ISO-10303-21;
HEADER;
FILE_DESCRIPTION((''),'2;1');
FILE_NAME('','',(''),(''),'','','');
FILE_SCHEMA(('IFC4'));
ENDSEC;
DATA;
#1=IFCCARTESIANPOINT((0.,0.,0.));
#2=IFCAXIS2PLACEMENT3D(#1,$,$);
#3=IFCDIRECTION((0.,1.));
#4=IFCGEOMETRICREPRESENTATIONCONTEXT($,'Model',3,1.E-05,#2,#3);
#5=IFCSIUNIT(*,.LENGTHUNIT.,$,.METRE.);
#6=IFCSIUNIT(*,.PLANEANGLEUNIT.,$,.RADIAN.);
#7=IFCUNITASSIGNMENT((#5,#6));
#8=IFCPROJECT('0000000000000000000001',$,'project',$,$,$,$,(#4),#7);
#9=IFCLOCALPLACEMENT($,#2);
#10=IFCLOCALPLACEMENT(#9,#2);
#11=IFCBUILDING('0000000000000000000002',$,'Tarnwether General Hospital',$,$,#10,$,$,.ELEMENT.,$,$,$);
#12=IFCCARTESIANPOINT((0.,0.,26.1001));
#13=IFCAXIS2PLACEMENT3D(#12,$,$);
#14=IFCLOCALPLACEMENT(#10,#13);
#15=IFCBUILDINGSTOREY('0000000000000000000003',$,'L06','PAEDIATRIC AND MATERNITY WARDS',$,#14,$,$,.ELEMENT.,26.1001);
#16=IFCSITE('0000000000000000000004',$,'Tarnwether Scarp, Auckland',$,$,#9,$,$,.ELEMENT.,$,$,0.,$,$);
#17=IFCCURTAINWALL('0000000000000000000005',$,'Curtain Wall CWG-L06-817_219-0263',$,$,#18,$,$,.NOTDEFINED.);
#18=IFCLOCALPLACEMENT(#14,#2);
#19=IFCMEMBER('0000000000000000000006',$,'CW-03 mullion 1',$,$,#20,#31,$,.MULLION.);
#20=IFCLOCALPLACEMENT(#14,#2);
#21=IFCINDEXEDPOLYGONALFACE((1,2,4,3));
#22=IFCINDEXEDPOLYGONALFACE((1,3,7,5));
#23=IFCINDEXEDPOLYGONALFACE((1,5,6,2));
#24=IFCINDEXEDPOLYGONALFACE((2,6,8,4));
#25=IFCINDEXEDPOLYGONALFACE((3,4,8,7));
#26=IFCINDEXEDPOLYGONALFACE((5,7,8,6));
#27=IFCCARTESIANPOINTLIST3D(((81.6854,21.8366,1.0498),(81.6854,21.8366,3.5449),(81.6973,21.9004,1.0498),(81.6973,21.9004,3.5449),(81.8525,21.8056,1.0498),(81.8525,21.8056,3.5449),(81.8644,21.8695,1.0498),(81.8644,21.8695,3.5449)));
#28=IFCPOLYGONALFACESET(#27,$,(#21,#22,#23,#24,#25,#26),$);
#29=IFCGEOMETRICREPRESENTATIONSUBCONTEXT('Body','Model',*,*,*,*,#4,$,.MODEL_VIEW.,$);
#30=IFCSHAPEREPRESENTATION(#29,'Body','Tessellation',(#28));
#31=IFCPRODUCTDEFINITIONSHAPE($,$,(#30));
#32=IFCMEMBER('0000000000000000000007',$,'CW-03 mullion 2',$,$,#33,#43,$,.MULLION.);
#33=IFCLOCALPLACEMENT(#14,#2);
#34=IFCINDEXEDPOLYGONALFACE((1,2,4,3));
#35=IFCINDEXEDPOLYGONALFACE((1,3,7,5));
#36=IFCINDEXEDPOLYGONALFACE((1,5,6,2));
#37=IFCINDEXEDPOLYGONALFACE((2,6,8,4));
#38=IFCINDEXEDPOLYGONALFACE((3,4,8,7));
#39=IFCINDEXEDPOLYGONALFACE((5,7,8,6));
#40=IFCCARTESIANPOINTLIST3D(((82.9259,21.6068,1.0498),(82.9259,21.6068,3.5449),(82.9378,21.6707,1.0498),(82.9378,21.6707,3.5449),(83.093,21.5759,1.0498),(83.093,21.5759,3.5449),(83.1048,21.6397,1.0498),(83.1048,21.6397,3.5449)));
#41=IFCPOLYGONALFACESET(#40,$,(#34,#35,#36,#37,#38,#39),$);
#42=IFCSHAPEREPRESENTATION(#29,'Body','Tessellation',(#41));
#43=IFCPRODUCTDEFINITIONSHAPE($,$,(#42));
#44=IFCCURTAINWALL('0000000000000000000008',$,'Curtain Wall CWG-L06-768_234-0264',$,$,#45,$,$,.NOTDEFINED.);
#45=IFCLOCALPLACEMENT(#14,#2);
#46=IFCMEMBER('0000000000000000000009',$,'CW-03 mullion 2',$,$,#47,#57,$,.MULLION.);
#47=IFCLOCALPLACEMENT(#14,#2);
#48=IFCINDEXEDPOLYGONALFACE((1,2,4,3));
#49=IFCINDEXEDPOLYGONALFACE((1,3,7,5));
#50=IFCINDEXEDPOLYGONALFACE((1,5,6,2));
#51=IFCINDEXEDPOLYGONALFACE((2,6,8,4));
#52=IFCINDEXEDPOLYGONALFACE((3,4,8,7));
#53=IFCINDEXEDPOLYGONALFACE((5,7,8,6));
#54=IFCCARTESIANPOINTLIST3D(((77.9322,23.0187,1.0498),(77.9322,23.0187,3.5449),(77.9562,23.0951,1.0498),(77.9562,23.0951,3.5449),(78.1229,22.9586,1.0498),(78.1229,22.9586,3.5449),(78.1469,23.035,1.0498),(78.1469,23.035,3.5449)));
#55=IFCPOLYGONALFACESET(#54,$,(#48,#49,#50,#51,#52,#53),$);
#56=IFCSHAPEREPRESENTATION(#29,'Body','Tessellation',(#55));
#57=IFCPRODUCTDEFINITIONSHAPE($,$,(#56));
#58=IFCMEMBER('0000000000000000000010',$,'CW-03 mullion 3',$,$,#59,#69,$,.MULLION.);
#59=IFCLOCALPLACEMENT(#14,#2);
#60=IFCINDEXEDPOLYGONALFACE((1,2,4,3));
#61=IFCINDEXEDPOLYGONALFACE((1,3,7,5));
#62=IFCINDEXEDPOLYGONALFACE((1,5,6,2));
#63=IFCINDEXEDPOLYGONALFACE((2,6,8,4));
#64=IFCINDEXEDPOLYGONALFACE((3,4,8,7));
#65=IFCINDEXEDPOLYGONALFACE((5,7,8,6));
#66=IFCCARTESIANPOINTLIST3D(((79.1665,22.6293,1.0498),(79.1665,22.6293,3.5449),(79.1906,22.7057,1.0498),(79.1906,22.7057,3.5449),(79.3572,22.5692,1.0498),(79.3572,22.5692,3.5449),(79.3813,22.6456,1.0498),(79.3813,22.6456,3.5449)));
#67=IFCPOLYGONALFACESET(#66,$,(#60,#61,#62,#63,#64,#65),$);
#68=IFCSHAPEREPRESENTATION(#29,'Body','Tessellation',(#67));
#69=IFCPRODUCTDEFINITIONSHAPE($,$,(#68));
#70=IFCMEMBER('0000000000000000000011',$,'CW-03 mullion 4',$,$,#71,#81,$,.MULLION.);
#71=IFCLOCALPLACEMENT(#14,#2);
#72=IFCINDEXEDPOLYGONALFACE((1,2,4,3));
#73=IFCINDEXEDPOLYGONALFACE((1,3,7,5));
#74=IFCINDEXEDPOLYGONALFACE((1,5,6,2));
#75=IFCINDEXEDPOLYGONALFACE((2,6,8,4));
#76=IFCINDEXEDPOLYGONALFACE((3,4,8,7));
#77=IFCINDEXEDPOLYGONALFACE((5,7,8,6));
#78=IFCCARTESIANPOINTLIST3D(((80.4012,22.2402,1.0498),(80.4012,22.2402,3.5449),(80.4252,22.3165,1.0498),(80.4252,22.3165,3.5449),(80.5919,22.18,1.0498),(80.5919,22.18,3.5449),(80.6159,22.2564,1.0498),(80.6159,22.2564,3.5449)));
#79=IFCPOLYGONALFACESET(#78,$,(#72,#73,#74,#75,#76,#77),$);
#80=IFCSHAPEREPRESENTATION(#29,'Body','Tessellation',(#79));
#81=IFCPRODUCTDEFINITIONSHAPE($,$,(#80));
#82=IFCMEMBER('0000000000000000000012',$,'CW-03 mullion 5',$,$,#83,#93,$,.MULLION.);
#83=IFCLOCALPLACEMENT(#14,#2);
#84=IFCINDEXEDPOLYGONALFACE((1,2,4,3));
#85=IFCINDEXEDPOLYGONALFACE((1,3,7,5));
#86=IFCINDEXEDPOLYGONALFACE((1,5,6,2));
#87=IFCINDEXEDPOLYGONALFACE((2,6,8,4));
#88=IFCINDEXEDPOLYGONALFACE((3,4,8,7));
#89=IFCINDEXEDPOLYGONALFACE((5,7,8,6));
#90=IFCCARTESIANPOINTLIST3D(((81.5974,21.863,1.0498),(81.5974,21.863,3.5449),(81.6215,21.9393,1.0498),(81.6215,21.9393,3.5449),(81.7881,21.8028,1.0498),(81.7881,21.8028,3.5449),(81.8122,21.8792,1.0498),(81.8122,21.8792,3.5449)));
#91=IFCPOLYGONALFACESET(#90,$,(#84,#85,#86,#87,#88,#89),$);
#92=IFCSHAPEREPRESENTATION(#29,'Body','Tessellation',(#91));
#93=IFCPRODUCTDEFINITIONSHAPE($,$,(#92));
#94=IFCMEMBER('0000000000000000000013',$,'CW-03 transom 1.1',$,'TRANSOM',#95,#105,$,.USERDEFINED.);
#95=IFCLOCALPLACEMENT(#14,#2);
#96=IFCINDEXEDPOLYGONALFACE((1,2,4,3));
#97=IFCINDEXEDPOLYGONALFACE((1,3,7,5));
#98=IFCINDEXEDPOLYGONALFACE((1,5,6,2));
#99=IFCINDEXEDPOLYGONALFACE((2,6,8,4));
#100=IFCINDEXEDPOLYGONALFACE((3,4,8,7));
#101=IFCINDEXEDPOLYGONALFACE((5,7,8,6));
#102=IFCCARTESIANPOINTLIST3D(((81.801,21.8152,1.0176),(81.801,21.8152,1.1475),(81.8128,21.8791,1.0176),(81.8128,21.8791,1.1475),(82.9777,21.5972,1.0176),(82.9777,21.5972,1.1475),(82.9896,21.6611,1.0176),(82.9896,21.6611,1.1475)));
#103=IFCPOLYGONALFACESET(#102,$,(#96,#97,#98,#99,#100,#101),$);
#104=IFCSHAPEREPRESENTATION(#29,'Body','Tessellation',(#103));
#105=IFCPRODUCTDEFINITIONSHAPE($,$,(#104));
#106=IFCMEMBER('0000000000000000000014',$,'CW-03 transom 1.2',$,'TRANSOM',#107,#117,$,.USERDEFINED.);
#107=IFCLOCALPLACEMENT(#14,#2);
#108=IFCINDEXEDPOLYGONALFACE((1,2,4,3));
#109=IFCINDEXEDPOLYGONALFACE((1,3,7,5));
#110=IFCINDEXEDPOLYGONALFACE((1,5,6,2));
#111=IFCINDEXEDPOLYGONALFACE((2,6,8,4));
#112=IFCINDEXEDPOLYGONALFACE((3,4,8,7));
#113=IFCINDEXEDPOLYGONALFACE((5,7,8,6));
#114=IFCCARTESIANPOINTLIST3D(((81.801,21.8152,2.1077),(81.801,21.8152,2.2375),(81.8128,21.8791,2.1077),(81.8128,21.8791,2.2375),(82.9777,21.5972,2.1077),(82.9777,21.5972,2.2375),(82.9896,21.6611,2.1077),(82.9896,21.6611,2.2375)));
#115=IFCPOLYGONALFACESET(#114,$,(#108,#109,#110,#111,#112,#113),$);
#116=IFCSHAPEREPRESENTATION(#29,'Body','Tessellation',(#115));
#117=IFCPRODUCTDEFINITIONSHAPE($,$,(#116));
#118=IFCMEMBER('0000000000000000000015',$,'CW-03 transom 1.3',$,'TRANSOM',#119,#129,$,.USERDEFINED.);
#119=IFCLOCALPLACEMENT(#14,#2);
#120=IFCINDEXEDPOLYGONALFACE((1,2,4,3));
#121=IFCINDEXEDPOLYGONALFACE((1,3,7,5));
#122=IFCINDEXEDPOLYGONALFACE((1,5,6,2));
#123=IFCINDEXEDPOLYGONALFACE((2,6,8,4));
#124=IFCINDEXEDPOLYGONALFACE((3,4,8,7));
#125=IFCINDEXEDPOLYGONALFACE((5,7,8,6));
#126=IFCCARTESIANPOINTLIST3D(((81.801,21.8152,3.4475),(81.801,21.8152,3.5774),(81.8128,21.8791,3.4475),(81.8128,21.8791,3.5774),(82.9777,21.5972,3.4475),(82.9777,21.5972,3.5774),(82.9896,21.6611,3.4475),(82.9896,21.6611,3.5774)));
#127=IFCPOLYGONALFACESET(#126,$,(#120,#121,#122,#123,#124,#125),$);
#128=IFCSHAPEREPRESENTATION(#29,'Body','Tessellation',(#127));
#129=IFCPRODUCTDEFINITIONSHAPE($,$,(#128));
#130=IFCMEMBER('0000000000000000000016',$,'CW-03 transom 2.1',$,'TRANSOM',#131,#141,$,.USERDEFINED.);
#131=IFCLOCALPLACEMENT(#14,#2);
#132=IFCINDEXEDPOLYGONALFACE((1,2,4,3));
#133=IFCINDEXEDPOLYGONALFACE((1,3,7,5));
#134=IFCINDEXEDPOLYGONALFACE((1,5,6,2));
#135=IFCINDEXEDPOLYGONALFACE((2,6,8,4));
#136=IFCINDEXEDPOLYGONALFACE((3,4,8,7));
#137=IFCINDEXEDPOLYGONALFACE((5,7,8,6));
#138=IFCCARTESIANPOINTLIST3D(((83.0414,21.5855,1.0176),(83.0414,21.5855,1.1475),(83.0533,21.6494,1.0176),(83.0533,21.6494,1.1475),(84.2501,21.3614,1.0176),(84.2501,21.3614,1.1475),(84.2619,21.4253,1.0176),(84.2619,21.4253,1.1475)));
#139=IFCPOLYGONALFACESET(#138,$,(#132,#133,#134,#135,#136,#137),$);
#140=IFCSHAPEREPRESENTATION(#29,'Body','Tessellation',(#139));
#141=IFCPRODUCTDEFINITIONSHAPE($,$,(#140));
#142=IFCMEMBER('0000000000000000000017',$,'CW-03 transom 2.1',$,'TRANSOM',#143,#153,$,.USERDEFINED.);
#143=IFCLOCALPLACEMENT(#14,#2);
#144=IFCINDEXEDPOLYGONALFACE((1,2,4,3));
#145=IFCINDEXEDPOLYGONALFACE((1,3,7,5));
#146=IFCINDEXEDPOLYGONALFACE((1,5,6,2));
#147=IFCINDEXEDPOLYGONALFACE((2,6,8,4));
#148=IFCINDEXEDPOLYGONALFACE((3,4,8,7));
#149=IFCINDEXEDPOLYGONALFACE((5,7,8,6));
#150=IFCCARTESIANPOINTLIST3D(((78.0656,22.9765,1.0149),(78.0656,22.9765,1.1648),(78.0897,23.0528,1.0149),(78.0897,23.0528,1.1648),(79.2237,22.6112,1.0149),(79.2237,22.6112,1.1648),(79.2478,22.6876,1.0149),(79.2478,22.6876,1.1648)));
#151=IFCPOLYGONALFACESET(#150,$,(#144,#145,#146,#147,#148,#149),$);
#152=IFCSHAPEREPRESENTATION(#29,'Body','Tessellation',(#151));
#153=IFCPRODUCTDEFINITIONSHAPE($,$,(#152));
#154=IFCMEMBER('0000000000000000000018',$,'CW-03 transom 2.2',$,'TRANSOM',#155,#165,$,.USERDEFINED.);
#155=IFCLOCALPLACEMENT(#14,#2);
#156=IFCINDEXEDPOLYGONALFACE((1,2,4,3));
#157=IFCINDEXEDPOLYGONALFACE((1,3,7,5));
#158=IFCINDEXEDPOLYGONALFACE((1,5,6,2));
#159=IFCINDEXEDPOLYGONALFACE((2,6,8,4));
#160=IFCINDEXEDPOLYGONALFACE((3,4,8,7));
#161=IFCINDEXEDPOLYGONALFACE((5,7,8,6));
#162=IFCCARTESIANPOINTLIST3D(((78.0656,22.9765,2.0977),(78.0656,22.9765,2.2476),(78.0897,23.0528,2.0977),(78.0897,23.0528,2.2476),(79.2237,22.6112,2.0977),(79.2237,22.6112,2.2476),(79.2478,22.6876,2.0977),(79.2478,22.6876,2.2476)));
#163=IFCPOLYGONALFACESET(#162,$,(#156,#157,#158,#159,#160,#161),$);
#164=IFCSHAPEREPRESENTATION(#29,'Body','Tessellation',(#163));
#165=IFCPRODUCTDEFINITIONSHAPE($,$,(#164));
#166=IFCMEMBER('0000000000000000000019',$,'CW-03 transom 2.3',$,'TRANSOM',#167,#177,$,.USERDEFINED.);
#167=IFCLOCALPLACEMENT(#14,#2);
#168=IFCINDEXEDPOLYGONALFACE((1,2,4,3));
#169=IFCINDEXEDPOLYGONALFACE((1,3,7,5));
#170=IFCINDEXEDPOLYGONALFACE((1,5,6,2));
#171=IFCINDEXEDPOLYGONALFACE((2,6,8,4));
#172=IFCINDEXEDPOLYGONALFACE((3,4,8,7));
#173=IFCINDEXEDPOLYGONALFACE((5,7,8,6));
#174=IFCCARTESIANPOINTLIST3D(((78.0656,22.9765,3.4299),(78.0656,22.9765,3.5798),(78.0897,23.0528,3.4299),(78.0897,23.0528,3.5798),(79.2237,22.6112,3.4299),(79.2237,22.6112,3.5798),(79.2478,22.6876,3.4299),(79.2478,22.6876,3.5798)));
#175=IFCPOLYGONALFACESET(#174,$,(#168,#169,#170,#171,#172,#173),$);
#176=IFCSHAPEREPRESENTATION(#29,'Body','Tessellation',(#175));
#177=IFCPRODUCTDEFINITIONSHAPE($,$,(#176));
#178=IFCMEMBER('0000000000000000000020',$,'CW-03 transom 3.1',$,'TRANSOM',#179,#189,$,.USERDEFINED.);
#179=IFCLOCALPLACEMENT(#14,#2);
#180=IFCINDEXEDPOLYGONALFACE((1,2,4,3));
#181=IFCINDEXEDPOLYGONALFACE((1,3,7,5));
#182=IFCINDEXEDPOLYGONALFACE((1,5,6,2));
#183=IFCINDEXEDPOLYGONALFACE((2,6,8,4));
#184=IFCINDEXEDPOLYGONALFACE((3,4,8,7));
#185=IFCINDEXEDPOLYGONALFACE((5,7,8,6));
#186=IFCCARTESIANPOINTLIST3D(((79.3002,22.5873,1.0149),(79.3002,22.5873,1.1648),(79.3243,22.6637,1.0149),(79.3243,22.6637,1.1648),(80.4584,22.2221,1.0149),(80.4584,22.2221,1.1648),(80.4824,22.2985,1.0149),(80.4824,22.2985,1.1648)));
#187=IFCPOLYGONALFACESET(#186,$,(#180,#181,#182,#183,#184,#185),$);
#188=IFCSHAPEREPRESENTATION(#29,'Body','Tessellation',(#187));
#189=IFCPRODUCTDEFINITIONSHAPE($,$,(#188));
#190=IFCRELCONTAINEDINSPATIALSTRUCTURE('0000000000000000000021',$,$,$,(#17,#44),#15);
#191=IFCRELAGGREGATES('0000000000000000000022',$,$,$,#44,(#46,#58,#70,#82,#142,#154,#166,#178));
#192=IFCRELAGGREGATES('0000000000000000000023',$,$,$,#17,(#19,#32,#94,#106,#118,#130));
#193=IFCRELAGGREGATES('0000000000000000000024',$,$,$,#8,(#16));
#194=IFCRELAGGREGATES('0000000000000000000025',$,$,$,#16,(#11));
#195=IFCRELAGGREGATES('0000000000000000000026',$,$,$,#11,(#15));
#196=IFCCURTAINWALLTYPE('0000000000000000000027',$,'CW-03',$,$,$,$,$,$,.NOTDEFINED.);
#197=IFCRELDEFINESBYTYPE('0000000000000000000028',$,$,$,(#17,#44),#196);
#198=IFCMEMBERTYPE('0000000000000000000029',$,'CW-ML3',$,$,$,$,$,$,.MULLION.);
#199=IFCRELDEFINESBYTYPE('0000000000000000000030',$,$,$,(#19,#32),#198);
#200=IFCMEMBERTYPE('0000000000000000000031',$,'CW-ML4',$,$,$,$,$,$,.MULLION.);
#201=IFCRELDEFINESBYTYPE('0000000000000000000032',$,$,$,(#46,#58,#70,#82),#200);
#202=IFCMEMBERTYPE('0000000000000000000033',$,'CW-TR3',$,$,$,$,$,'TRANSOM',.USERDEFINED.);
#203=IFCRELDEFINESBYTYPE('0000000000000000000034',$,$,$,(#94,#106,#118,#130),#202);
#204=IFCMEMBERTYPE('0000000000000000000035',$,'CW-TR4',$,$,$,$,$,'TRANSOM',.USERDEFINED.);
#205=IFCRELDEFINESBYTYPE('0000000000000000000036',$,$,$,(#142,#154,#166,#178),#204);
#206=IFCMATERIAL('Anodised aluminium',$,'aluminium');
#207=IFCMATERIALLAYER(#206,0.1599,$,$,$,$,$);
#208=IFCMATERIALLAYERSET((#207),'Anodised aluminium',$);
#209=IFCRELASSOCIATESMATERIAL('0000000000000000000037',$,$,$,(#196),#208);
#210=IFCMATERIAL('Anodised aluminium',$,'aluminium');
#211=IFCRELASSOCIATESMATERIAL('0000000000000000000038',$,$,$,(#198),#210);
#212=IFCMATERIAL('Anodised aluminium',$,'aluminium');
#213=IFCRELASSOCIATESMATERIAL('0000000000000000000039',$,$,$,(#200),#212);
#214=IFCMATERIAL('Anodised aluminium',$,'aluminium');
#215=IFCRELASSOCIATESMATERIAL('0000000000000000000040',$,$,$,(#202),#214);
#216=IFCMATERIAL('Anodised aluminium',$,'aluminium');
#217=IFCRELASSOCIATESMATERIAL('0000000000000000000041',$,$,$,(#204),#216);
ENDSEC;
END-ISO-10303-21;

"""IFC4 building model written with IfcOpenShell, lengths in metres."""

from ifc_helpers import new_model, si_unit, direction, frame, origin, origin_2d, place, context, subcontext, project, spatial, rectangle, extrude, material, layer, layer_set, material_profile, profile_set, type_object, element, aggregate, save


model = new_model("IFC4")

# Units and contexts
model_context = context("Model", 3, precision=1e-05, world=origin(), true_north=direction((0.0, 1.0)))
body_context = subcontext(model_context, "Body", "Model", "MODEL_VIEW")
ifc_project = project(units=[si_unit("LENGTHUNIT", "METRE"), si_unit("PLANEANGLEUNIT", "RADIAN")], contexts=[model_context])

# Site, building, storey
site_placement = place(None, origin())
site = spatial("IfcSite", under=ifc_project, at=site_placement, Name="Tarnwether Scarp, Auckland", CompositionType="ELEMENT", RefElevation=0.0)
building_placement = place(site_placement, origin())
building = spatial("IfcBuilding", under=site, at=building_placement, Name="Tarnwether General Hospital", CompositionType="ELEMENT")
storey_placement = place(building_placement, frame((0.0, 0.0, 26.1001)))
storey = spatial("IfcBuildingStorey", under=building, at=storey_placement, Name="L06", Description="PAEDIATRIC AND MATERNITY WARDS", CompositionType="ELEMENT", Elevation=26.1001)

# Curtain walls, members
ifc_material_1 = material(Name="Anodised aluminium", Category="aluminium")
ifc_layer_1 = layer(ifc_material_1, 0.1599)
ifc_layer_set_1 = layer_set([ifc_layer_1], Name="Anodised aluminium")
curtain_wall_type = type_object("IfcCurtainWallType", Name="CW-03", PredefinedType="NOTDEFINED", material=ifc_layer_set_1)
curtain_wall_1_placement = place(storey_placement, origin())
curtain_wall_1 = element("IfcCurtainWall", 1, at=curtain_wall_1_placement, inside=storey, type_object=curtain_wall_type, Name="Curtain Wall CWG-L06-817_219-0263", PredefinedType="NOTDEFINED")
ifc_material_2 = material(Name="Anodised aluminium", Category="aluminium")
ifc_material_profile_1 = material_profile(ifc_material_2, rectangle(XDim=0.0649, YDim=0.1699, at=origin_2d()), Name="ALU-MUL-65x170")
ifc_profile_set_1 = profile_set([ifc_material_profile_1], Name="Anodised aluminium")
member_type_1 = type_object("IfcMemberType", Name="CW-ML3", PredefinedType="MULLION", material=ifc_profile_set_1)
member_1_placement = place(storey_placement, frame((81.7749, 21.853, 1.0498), z_axis=(0.0, 0.0, 1.0), x_axis=(0.182165, 0.983268, 0.0)))
member_1 = element("IfcMember", 2, at=member_1_placement, type_object=member_type_1, Name="CW-03 mullion 1", PredefinedType="MULLION", context=body_context, shape_type="SweptSolid", body=[
    extrude(rectangle(XDim=0.0649, YDim=0.1699, at=origin_2d()), origin(), (0.0, 0.0, 1.0), 2.4951),
])
member_2_placement = place(storey_placement, frame((83.0154, 21.6233, 1.0498), z_axis=(0.0, 0.0, 1.0), x_axis=(0.182165, 0.983268, 0.0)))
member_2 = element("IfcMember", 3, at=member_2_placement, type_object=member_type_1, Name="CW-03 mullion 2", PredefinedType="MULLION", context=body_context, shape_type="SweptSolid", body=[
    extrude(rectangle(XDim=0.0649, YDim=0.1699, at=origin_2d()), origin(), (0.0, 0.0, 1.0), 2.4951),
])
curtain_wall_2_placement = place(storey_placement, origin())
curtain_wall_2 = element("IfcCurtainWall", 4, at=curtain_wall_2_placement, inside=storey, type_object=curtain_wall_type, Name="Curtain Wall CWG-L06-768_234-0264", PredefinedType="NOTDEFINED")
ifc_material_3 = material(Name="Anodised aluminium", Category="aluminium")
ifc_material_profile_2 = material_profile(ifc_material_3, rectangle(XDim=0.0801, YDim=0.2, at=origin_2d()), Name="ALU-MUL-80x200")
ifc_profile_set_2 = profile_set([ifc_material_profile_2], Name="Anodised aluminium")
member_type_2 = type_object("IfcMemberType", Name="CW-ML4", PredefinedType="MULLION", material=ifc_profile_set_2)
member_3_placement = place(storey_placement, frame((78.0396, 23.0269, 1.0498), z_axis=(0.0, 0.0, 1.0), x_axis=(0.300715, 0.953714, 0.0)))
member_3 = element("IfcMember", 5, at=member_3_placement, type_object=member_type_2, Name="CW-03 mullion 2", PredefinedType="MULLION", context=body_context, shape_type="SweptSolid", body=[
    extrude(rectangle(XDim=0.0801, YDim=0.2, at=origin_2d()), origin(), (0.0, 0.0, 1.0), 2.4951),
])
member_4_placement = place(storey_placement, frame((79.2739, 22.6375, 1.0498), z_axis=(0.0, 0.0, 1.0), x_axis=(0.300715, 0.953714, 0.0)))
member_4 = element("IfcMember", 6, at=member_4_placement, type_object=member_type_2, Name="CW-03 mullion 3", PredefinedType="MULLION", context=body_context, shape_type="SweptSolid", body=[
    extrude(rectangle(XDim=0.0801, YDim=0.2, at=origin_2d()), origin(), (0.0, 0.0, 1.0), 2.4951),
])
member_5_placement = place(storey_placement, frame((80.5085, 22.2483, 1.0498), z_axis=(0.0, 0.0, 1.0), x_axis=(0.300715, 0.953714, 0.0)))
member_5 = element("IfcMember", 7, at=member_5_placement, type_object=member_type_2, Name="CW-03 mullion 4", PredefinedType="MULLION", context=body_context, shape_type="SweptSolid", body=[
    extrude(rectangle(XDim=0.0801, YDim=0.2, at=origin_2d()), origin(), (0.0, 0.0, 1.0), 2.4951),
])
member_6_placement = place(storey_placement, frame((81.7048, 21.8711, 1.0498), z_axis=(0.0, 0.0, 1.0), x_axis=(0.300715, 0.953714, 0.0)))
member_6 = element("IfcMember", 8, at=member_6_placement, type_object=member_type_2, Name="CW-03 mullion 5", PredefinedType="MULLION", context=body_context, shape_type="SweptSolid", body=[
    extrude(rectangle(XDim=0.0801, YDim=0.2, at=origin_2d()), origin(), (0.0, 0.0, 1.0), 2.4951),
])

# Members
ifc_material_4 = material(Name="Anodised aluminium", Category="aluminium")
ifc_material_profile_3 = material_profile(ifc_material_4, rectangle(XDim=0.0649, YDim=0.1299, at=origin_2d()), Name="ALU-TRN-65x130")
ifc_profile_set_3 = profile_set([ifc_material_profile_3], Name="Anodised aluminium")
member_type_3 = type_object("IfcMemberType", Name="CW-TR3", ElementType="TRANSOM", PredefinedType="USERDEFINED", material=ifc_profile_set_3)
member_7_placement = place(storey_placement, frame((81.8069, 21.8472, 1.0825), z_axis=(0.983267, -0.18217, 0.0), x_axis=(0.18217, 0.983267, 0.0)))
member_7 = element("IfcMember", 9, at=member_7_placement, type_object=member_type_3, Name="CW-03 transom 1.1", ObjectType="TRANSOM", PredefinedType="USERDEFINED", context=body_context, shape_type="SweptSolid", body=[
    extrude(rectangle(XDim=0.0649, YDim=0.1299, at=origin_2d()), origin(), (0.0, 0.0, 1.0), 1.1968),
])
member_8_placement = place(storey_placement, frame((81.8069, 21.8472, 2.1726), z_axis=(0.983267, -0.18217, 0.0), x_axis=(0.18217, 0.983267, 0.0)))
member_8 = element("IfcMember", 10, at=member_8_placement, type_object=member_type_3, Name="CW-03 transom 1.2", ObjectType="TRANSOM", PredefinedType="USERDEFINED", context=body_context, shape_type="SweptSolid", body=[
    extrude(rectangle(XDim=0.0649, YDim=0.1299, at=origin_2d()), origin(), (0.0, 0.0, 1.0), 1.1968),
])
member_9_placement = place(storey_placement, frame((81.8069, 21.8472, 3.5125), z_axis=(0.983267, -0.18217, 0.0), x_axis=(0.18217, 0.983267, 0.0)))
member_9 = element("IfcMember", 11, at=member_9_placement, type_object=member_type_3, Name="CW-03 transom 1.3", ObjectType="TRANSOM", PredefinedType="USERDEFINED", context=body_context, shape_type="SweptSolid", body=[
    extrude(rectangle(XDim=0.0649, YDim=0.1299, at=origin_2d()), origin(), (0.0, 0.0, 1.0), 1.1968),
])
member_10_placement = place(storey_placement, frame((83.0474, 21.6174, 1.0825), z_axis=(0.983241, -0.18231, 0.0), x_axis=(0.18231, 0.983241, 0.0)))
member_10 = element("IfcMember", 12, at=member_10_placement, type_object=member_type_3, Name="CW-03 transom 2.1", ObjectType="TRANSOM", PredefinedType="USERDEFINED", context=body_context, shape_type="SweptSolid", body=[
    extrude(rectangle(XDim=0.0649, YDim=0.1299, at=origin_2d()), origin(), (0.0, 0.0, 1.0), 1.2292),
])
ifc_material_5 = material(Name="Anodised aluminium", Category="aluminium")
ifc_material_profile_4 = material_profile(ifc_material_5, rectangle(XDim=0.0801, YDim=0.1499, at=origin_2d()), Name="ALU-TRN-80x150")
ifc_profile_set_4 = profile_set([ifc_material_profile_4], Name="Anodised aluminium")
member_type_4 = type_object("IfcMemberType", Name="CW-TR4", ElementType="TRANSOM", PredefinedType="USERDEFINED", material=ifc_profile_set_4)
member_11_placement = place(storey_placement, frame((78.0776, 23.0146, 1.0898), z_axis=(0.953704, -0.300746, 0.0), x_axis=(0.300746, 0.953704, 0.0)))
member_11 = element("IfcMember", 13, at=member_11_placement, type_object=member_type_4, Name="CW-03 transom 2.1", ObjectType="TRANSOM", PredefinedType="USERDEFINED", context=body_context, shape_type="SweptSolid", body=[
    extrude(rectangle(XDim=0.0801, YDim=0.1499, at=origin_2d()), origin(), (0.0, 0.0, 1.0), 1.2144),
])
member_12_placement = place(storey_placement, frame((78.0776, 23.0146, 2.1726), z_axis=(0.953704, -0.300746, 0.0), x_axis=(0.300746, 0.953704, 0.0)))
member_12 = element("IfcMember", 14, at=member_12_placement, type_object=member_type_4, Name="CW-03 transom 2.2", ObjectType="TRANSOM", PredefinedType="USERDEFINED", context=body_context, shape_type="SweptSolid", body=[
    extrude(rectangle(XDim=0.0801, YDim=0.1499, at=origin_2d()), origin(), (0.0, 0.0, 1.0), 1.2144),
])
member_13_placement = place(storey_placement, frame((78.0776, 23.0146, 3.5049), z_axis=(0.953704, -0.300746, 0.0), x_axis=(0.300746, 0.953704, 0.0)))
member_13 = element("IfcMember", 15, at=member_13_placement, type_object=member_type_4, Name="CW-03 transom 2.3", ObjectType="TRANSOM", PredefinedType="USERDEFINED", context=body_context, shape_type="SweptSolid", body=[
    extrude(rectangle(XDim=0.0801, YDim=0.1499, at=origin_2d()), origin(), (0.0, 0.0, 1.0), 1.2144),
])
member_14_placement = place(storey_placement, frame((79.3123, 22.6255, 1.0898), z_axis=(0.953704, -0.300746, 0.0), x_axis=(0.300746, 0.953704, 0.0)))
member_14 = element("IfcMember", 16, at=member_14_placement, type_object=member_type_4, Name="CW-03 transom 3.1", ObjectType="TRANSOM", PredefinedType="USERDEFINED", context=body_context, shape_type="SweptSolid", body=[
    extrude(rectangle(XDim=0.0801, YDim=0.1499, at=origin_2d()), origin(), (0.0, 0.0, 1.0), 1.2144),
])

aggregate(curtain_wall_2, [member_3, member_4, member_5, member_6, member_11, member_12, member_13, member_14])
aggregate(curtain_wall_1, [member_1, member_2, member_7, member_8, member_9, member_10])

save(model, "model.ifc")
